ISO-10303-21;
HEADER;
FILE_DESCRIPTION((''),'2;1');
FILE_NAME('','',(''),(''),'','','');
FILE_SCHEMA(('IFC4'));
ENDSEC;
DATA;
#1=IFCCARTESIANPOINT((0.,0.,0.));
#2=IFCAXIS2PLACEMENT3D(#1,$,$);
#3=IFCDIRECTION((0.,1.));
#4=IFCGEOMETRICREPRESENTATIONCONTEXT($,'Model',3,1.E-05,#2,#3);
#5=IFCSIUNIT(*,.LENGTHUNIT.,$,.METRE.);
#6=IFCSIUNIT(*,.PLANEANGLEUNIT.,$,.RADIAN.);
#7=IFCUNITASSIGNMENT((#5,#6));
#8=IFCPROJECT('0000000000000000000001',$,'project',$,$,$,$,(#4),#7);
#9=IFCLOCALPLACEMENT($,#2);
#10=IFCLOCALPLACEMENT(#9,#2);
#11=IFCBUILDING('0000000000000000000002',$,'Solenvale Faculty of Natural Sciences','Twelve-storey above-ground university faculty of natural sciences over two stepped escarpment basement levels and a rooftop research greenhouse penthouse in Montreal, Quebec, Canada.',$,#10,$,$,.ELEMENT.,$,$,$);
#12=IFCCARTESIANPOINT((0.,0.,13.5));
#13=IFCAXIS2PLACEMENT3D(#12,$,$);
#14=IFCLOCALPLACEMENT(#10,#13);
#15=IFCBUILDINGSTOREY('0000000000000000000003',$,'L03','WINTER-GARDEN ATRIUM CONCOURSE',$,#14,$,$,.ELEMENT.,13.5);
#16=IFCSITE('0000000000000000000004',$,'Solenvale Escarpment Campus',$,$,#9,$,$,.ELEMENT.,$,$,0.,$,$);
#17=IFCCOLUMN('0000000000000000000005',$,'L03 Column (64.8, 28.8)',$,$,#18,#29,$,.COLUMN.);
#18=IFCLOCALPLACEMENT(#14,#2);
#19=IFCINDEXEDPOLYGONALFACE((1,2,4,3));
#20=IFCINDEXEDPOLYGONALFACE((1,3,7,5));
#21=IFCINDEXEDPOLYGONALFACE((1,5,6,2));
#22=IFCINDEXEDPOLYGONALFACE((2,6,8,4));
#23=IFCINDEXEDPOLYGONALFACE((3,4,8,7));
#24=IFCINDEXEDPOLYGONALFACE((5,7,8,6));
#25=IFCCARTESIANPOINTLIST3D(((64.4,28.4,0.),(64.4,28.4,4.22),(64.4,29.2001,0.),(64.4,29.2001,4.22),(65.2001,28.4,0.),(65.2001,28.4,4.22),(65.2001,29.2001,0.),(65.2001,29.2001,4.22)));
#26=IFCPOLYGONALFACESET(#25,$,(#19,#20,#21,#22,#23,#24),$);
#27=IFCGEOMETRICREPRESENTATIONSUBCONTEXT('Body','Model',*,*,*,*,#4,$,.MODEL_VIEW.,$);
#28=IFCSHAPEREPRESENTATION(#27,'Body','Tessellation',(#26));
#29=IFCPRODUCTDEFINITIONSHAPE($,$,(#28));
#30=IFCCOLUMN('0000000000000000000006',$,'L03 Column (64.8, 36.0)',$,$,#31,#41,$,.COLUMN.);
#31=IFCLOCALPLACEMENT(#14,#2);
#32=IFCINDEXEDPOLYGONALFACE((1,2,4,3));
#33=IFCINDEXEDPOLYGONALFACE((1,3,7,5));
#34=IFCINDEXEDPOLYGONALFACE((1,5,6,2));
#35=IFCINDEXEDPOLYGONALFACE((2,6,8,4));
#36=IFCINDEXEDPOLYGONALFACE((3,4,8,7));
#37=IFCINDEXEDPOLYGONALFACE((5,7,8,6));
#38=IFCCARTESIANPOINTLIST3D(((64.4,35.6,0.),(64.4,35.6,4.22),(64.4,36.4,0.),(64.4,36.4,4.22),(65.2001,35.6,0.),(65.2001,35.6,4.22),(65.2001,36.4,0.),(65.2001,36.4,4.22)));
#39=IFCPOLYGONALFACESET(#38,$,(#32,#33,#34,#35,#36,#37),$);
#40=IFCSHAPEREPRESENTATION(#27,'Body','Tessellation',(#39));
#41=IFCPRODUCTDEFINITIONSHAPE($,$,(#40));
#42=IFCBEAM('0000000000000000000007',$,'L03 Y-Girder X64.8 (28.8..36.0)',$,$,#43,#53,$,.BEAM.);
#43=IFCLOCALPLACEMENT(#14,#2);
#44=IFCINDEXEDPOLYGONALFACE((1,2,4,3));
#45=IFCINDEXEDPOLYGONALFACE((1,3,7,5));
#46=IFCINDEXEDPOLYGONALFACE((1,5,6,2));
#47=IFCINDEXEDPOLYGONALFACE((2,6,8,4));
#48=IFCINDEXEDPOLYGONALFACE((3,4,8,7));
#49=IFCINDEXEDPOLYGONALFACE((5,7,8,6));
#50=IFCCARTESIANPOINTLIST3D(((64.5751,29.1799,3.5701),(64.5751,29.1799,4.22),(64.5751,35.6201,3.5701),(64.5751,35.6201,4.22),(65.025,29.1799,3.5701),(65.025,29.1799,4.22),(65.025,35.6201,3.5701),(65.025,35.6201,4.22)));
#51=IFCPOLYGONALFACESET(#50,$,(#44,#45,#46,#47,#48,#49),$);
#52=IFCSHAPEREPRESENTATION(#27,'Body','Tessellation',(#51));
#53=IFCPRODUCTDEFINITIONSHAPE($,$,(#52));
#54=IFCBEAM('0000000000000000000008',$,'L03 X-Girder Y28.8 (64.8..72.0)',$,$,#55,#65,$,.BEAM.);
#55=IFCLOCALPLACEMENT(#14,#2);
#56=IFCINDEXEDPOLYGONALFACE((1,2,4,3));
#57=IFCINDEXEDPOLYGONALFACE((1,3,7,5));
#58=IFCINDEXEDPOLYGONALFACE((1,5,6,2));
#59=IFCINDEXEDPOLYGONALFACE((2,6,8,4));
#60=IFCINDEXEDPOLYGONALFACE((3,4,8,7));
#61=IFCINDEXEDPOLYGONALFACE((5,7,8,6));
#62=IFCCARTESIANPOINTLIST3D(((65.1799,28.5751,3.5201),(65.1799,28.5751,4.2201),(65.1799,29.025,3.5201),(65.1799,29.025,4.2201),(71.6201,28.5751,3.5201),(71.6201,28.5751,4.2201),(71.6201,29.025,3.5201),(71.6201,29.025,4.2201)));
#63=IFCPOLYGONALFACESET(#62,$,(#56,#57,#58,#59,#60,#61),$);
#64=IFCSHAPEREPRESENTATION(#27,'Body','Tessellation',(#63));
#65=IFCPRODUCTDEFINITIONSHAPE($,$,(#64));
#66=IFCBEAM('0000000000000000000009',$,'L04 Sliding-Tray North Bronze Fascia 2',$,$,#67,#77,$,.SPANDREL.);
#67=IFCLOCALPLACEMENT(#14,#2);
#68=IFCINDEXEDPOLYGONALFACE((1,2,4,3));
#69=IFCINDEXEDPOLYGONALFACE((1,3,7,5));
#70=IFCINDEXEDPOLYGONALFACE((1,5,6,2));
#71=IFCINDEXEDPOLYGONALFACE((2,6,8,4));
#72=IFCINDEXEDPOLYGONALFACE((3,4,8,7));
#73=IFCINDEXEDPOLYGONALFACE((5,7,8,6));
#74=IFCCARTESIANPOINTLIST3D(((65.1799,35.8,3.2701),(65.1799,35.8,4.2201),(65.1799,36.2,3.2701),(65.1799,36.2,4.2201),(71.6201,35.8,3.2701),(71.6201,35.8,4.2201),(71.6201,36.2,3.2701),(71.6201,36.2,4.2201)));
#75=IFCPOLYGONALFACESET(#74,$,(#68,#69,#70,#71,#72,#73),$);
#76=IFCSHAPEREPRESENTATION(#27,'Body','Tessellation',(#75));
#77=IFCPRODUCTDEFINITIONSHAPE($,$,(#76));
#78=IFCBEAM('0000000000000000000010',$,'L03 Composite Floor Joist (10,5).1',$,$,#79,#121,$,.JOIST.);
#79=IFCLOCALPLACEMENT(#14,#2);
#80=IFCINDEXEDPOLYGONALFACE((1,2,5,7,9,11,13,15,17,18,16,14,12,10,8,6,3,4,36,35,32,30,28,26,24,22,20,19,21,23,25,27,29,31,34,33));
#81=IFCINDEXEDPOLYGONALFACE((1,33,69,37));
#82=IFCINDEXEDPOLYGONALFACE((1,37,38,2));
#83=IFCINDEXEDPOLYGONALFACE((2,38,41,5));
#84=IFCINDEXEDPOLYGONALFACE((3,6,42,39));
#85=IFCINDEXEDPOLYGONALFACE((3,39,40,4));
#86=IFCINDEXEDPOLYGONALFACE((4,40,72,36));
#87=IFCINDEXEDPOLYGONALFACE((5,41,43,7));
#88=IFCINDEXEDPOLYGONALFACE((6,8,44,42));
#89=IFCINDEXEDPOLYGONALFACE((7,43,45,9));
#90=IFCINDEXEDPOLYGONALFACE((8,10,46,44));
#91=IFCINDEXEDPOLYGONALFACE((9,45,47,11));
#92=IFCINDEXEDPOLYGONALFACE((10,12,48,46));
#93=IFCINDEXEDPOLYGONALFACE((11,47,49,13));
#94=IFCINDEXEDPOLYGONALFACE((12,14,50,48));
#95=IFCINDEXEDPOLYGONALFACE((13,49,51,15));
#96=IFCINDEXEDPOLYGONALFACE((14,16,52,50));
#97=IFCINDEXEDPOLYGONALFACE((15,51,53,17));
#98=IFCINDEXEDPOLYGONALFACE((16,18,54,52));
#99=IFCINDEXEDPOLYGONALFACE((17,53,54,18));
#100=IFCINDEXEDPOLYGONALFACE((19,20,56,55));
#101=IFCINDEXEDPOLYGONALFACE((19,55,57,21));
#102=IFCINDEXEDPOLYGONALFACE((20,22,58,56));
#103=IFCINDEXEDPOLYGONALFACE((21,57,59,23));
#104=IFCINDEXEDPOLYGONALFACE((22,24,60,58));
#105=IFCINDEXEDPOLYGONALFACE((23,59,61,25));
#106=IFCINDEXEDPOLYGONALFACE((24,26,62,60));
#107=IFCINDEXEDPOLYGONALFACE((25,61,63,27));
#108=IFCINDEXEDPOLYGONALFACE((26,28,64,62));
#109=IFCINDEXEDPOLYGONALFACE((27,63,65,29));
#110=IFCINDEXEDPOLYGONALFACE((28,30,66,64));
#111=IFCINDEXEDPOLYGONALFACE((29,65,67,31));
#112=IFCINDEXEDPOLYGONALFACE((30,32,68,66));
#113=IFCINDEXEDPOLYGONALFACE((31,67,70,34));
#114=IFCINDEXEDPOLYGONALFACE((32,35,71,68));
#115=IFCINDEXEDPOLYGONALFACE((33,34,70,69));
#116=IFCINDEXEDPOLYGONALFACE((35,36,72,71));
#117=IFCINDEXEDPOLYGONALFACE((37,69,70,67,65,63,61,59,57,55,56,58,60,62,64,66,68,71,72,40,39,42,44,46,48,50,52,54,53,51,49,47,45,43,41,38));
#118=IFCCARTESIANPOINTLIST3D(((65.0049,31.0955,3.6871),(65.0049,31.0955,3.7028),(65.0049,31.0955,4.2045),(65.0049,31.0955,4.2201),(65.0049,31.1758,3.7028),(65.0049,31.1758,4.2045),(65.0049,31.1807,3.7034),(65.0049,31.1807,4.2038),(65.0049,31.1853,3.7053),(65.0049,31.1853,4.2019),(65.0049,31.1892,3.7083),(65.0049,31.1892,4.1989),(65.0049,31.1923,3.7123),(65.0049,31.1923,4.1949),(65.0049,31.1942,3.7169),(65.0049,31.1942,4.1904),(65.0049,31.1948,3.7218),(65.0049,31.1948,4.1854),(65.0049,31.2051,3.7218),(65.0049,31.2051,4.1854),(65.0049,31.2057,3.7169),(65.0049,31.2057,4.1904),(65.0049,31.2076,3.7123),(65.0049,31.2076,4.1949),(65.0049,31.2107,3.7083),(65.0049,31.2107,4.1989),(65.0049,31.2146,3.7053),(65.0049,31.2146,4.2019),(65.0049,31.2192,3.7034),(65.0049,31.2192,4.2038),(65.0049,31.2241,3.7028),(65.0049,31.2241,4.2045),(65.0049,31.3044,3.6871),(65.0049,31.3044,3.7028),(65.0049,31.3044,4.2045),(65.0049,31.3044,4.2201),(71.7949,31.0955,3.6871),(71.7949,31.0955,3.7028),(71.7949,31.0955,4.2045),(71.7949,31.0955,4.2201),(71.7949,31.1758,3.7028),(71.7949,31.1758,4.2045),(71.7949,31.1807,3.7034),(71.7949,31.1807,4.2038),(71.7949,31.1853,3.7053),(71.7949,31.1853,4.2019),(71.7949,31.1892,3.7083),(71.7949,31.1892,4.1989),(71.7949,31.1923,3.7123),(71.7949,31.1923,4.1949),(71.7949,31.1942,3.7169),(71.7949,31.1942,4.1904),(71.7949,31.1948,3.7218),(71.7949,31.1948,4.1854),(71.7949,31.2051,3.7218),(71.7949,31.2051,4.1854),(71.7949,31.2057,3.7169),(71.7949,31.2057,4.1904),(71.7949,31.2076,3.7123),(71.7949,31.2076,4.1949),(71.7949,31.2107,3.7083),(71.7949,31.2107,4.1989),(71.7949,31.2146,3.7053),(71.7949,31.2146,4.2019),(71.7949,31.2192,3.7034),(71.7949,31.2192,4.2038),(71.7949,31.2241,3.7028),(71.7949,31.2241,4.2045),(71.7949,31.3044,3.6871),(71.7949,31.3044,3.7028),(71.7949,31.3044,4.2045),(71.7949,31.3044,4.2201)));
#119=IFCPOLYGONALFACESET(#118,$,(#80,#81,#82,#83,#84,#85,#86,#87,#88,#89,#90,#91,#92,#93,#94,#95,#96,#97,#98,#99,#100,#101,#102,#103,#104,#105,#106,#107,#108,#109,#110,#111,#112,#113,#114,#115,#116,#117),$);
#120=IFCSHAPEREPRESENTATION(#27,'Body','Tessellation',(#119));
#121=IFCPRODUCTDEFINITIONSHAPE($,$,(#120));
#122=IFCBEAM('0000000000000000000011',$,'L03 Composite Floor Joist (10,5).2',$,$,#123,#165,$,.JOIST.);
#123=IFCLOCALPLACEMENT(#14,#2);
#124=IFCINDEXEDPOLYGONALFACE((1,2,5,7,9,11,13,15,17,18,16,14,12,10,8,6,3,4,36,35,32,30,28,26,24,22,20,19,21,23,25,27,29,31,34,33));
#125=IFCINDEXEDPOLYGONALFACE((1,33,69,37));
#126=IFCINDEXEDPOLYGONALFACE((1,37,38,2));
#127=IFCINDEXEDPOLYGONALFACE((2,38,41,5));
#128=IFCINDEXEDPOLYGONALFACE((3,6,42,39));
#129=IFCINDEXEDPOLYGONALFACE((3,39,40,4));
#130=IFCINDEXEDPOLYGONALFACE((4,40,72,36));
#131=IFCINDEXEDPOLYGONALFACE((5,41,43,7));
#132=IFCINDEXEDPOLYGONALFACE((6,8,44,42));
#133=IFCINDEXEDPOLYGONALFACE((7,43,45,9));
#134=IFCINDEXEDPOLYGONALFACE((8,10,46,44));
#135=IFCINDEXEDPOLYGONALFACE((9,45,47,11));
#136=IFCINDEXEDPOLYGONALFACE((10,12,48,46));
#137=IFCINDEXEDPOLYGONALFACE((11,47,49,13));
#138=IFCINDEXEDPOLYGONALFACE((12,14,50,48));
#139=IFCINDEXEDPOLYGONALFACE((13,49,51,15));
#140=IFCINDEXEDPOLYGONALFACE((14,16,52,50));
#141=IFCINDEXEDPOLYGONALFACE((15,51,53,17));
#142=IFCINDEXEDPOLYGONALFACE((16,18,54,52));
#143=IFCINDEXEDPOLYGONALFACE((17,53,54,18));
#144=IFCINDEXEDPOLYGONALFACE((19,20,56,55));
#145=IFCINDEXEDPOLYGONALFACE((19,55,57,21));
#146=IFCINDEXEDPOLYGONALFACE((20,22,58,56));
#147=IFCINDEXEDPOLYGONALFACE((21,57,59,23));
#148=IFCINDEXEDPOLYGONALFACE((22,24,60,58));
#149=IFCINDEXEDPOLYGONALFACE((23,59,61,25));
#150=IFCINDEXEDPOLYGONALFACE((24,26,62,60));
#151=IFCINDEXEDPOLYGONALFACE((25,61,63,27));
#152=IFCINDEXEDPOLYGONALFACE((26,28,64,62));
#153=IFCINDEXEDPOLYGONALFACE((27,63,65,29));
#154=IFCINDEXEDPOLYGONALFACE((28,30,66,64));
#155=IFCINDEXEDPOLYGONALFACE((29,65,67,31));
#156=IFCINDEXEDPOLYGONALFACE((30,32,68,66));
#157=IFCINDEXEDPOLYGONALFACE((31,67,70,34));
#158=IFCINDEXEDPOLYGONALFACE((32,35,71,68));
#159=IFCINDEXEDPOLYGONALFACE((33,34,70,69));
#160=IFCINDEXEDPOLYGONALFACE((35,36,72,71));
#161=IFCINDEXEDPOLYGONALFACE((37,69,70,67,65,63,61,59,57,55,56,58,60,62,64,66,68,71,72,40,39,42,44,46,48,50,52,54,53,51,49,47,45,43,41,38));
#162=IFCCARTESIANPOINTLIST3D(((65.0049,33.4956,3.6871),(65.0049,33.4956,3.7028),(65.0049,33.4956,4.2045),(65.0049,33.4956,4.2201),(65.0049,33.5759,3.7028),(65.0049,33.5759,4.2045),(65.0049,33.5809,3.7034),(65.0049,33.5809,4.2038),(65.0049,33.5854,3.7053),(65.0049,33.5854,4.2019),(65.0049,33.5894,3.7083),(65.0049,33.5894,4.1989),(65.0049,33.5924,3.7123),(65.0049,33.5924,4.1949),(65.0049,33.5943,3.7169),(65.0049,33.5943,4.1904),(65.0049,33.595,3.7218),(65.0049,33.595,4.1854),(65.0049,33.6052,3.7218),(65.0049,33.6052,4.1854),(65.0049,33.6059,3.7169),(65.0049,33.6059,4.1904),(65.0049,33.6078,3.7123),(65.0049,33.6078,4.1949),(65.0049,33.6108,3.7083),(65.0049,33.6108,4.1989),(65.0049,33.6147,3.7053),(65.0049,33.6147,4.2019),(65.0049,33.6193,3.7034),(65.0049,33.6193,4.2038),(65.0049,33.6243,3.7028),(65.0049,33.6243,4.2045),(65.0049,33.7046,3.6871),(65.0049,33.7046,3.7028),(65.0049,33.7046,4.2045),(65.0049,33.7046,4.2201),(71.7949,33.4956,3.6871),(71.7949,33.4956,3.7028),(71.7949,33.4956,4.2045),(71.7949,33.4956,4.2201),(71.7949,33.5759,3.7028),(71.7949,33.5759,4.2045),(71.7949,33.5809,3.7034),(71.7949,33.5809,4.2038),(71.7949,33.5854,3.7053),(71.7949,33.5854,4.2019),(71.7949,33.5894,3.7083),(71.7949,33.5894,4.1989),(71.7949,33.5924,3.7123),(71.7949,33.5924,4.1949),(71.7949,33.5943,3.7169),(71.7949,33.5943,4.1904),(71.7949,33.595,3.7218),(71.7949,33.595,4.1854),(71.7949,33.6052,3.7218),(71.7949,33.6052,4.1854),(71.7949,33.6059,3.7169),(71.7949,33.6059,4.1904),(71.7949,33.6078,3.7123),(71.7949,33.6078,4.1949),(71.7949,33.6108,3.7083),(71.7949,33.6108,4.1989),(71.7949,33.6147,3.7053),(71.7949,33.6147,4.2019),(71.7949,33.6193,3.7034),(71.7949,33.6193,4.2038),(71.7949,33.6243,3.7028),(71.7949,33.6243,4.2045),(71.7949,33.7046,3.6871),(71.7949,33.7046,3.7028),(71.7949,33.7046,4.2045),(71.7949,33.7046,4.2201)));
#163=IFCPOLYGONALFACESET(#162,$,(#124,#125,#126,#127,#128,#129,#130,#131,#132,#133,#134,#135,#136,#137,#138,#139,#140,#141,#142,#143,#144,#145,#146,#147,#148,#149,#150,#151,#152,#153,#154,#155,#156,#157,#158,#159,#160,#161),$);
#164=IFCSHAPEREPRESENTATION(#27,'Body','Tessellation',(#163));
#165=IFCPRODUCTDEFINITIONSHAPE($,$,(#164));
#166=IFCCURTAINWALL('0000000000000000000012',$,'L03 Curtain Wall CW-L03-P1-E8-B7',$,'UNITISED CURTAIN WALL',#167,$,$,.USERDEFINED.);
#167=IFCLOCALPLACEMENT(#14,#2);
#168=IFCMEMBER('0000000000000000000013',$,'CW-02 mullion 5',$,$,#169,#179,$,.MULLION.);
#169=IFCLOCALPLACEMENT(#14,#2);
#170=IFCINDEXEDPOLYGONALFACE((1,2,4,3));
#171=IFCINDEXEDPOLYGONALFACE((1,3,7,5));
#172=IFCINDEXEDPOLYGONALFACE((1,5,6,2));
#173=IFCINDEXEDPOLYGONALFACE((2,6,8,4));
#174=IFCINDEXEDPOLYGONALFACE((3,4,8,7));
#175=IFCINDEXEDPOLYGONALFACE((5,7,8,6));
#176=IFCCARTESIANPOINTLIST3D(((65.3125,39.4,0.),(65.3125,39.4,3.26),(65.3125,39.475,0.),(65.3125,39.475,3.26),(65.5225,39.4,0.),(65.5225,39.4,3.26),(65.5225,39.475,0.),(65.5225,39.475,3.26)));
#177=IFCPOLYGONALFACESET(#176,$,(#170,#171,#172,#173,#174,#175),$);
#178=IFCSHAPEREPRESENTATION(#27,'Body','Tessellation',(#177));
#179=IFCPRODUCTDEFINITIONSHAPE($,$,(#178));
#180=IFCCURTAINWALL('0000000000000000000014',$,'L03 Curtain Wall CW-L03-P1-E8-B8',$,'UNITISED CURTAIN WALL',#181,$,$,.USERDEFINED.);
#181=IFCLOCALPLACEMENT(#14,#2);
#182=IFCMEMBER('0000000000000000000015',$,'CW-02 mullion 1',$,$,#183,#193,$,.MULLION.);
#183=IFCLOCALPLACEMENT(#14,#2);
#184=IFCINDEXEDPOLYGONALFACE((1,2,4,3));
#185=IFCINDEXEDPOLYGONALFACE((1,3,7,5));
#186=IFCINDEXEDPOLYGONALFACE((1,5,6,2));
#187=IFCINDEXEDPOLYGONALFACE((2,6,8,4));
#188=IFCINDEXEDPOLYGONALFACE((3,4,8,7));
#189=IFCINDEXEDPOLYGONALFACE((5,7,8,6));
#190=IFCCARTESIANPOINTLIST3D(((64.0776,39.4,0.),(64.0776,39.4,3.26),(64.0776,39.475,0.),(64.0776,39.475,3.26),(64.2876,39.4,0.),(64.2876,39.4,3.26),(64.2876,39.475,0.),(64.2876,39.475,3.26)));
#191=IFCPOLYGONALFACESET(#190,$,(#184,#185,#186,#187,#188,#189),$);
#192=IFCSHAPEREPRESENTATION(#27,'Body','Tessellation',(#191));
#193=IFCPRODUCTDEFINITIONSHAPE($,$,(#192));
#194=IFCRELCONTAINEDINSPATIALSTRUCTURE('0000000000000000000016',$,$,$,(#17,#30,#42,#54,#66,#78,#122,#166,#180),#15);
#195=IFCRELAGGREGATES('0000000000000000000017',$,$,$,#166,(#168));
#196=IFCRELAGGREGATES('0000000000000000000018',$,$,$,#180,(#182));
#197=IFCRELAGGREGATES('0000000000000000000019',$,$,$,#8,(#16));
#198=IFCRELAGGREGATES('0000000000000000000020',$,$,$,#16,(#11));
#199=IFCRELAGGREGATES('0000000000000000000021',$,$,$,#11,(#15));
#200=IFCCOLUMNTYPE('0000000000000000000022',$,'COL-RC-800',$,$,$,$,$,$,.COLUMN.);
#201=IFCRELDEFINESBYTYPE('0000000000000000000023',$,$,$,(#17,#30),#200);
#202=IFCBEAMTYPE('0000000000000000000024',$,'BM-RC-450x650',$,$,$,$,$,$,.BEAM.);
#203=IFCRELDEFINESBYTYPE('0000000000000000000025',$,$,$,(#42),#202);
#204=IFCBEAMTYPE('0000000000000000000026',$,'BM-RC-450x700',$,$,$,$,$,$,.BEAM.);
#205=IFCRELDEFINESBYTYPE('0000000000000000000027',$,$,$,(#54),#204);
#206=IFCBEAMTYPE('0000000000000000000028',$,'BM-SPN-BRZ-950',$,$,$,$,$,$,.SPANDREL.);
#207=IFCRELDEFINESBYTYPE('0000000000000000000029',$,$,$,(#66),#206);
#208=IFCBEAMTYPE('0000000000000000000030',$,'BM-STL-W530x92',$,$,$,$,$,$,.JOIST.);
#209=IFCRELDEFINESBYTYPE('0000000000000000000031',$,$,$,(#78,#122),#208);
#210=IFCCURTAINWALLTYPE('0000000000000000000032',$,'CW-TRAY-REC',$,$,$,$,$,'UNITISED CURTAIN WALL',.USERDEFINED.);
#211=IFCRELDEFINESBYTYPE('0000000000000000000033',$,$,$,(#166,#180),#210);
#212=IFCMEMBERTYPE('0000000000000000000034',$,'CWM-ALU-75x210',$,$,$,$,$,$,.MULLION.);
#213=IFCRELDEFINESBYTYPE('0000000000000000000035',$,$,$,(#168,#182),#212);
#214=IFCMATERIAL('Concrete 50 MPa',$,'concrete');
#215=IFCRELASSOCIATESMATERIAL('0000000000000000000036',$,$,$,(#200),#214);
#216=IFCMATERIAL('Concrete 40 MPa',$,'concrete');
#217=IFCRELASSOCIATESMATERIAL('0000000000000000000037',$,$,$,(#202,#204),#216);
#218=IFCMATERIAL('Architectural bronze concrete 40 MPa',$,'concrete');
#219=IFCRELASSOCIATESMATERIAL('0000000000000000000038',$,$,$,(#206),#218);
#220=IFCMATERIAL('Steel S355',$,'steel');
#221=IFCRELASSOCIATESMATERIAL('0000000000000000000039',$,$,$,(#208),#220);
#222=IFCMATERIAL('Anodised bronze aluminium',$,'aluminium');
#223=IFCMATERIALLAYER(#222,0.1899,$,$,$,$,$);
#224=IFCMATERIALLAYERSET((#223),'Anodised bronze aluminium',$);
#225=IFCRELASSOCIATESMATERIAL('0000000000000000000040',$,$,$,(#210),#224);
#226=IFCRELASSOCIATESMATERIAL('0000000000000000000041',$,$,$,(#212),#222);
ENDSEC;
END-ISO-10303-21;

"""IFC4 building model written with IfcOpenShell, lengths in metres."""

from ifc_helpers import new_model, si_unit, direction, frame, origin, origin_2d, place, context, subcontext, project, spatial, rectangle, i_section, extrude, material, layer, layer_set, material_profile, profile_set, type_object, element, aggregate, save


model = new_model("IFC4")

# Units and contexts
model_context = context("Model", 3, precision=1e-05, world=origin(), true_north=direction((0.0, 1.0)))
body_context = subcontext(model_context, "Body", "Model", "MODEL_VIEW")
ifc_project = project(units=[si_unit("LENGTHUNIT", "METRE"), si_unit("PLANEANGLEUNIT", "RADIAN")], contexts=[model_context])

# Site, building, storey
site_placement = place(None, origin())
site = spatial("IfcSite", under=ifc_project, at=site_placement, Name="Solenvale Escarpment Campus", CompositionType="ELEMENT", RefElevation=0.0)
building_placement = place(site_placement, origin())
building = spatial("IfcBuilding", under=site, at=building_placement, Name="Solenvale Faculty of Natural Sciences", Description="Twelve-storey above-ground university faculty of natural sciences over two stepped escarpment basement levels and a rooftop research greenhouse penthouse in Montreal, Quebec, Canada.", CompositionType="ELEMENT")
storey_placement = place(building_placement, frame((0.0, 0.0, 13.5)))
storey = spatial("IfcBuildingStorey", under=building, at=storey_placement, Name="L03", Description="WINTER-GARDEN ATRIUM CONCOURSE", CompositionType="ELEMENT", Elevation=13.5)

# Columns
ifc_material_1 = material(Name="Concrete 50 MPa", Category="concrete")
ifc_material_profile_1 = material_profile(ifc_material_1, rectangle(XDim=0.8, YDim=0.8, at=origin_2d()), Name="RC-COL-800x800")
ifc_profile_set_1 = profile_set([ifc_material_profile_1], Name="Concrete 50 MPa")
column_type = type_object("IfcColumnType", Name="COL-RC-800", PredefinedType="COLUMN", material=ifc_profile_set_1)
for number, where, z_axis, x_axis, name in (
    (1, (64.8, 28.8, 0.0), (0.0, 0.0, 1.0), (1.0, 0.0, 0.0), "L03 Column (64.8, 28.8)"),
    (2, (64.8, 36.0, 0.0), (0.0, 0.0, 1.0), (1.0, 0.0, 0.0), "L03 Column (64.8, 36.0)"),
):
    element("IfcColumn", number, at=place(storey_placement, frame(where, z_axis=z_axis, x_axis=x_axis)), inside=storey, type_object=column_type, Name=name, PredefinedType="COLUMN", context=body_context, shape_type="SweptSolid", body=[
        extrude(rectangle(XDim=0.8, YDim=0.8, at=origin_2d()), origin(), (0.0, 0.0, 1.0), 4.22),
    ])

# Beams
ifc_material_2 = material(Name="Concrete 40 MPa", Category="concrete")
ifc_material_profile_2 = material_profile(ifc_material_2, rectangle(XDim=0.45, YDim=0.6499, at=origin_2d()), Name="RC-BM-450x650")
ifc_profile_set_2 = profile_set([ifc_material_profile_2], Name="Concrete 40 MPa")
beam_type_1 = type_object("IfcBeamType", Name="BM-RC-450x650", PredefinedType="BEAM", material=ifc_profile_set_2)
beam_1_placement = place(storey_placement, frame((64.8, 29.1799, 3.895), z_axis=(0.0, 1.0, 0.0), x_axis=(-1.0, 0.0, 0.0)))
element("IfcBeam", 3, at=beam_1_placement, inside=storey, type_object=beam_type_1, Name="L03 Y-Girder X64.8 (28.8..36.0)", PredefinedType="BEAM", context=body_context, shape_type="SweptSolid", body=[
    extrude(rectangle(XDim=0.45, YDim=0.6499, at=origin_2d()), origin(), (0.0, 0.0, 1.0), 6.4402),
])
ifc_material_profile_3 = material_profile(ifc_material_2, rectangle(XDim=0.45, YDim=0.7, at=origin_2d()), Name="RC-BM-450x700")
ifc_profile_set_3 = profile_set([ifc_material_profile_3], Name="Concrete 40 MPa")
beam_type_2 = type_object("IfcBeamType", Name="BM-RC-450x700", PredefinedType="BEAM", material=ifc_profile_set_3)
beam_2_placement = place(storey_placement, frame((65.1799, 28.8, 3.8701), z_axis=(1.0, 0.0, 0.0), x_axis=(0.0, 1.0, 0.0)))
element("IfcBeam", 4, at=beam_2_placement, inside=storey, type_object=beam_type_2, Name="L03 X-Girder Y28.8 (64.8..72.0)", PredefinedType="BEAM", context=body_context, shape_type="SweptSolid", body=[
    extrude(rectangle(XDim=0.45, YDim=0.7, at=origin_2d()), origin(), (0.0, 0.0, 1.0), 6.4402),
])
ifc_material_3 = material(Name="Architectural bronze concrete 40 MPa", Category="concrete")
ifc_material_profile_4 = material_profile(ifc_material_3, rectangle(XDim=0.3999, YDim=0.95, at=origin_2d()), Name="RC-SPN-400x950")
ifc_profile_set_4 = profile_set([ifc_material_profile_4], Name="Architectural bronze concrete 40 MPa")
beam_type_3 = type_object("IfcBeamType", Name="BM-SPN-BRZ-950", PredefinedType="SPANDREL", material=ifc_profile_set_4)
beam_3_placement = place(storey_placement, frame((65.1799, 36.0, 3.7451), z_axis=(1.0, 0.0, 0.0), x_axis=(0.0, 1.0, 0.0)))
element("IfcBeam", 5, at=beam_3_placement, inside=storey, type_object=beam_type_3, Name="L04 Sliding-Tray North Bronze Fascia 2", PredefinedType="SPANDREL", context=body_context, shape_type="SweptSolid", body=[
    extrude(rectangle(XDim=0.3999, YDim=0.95, at=origin_2d()), origin(), (0.0, 0.0, 1.0), 6.4402),
])
ifc_material_4 = material(Name="Steel S355", Category="steel")
ifc_material_profile_5 = material_profile(ifc_material_4, i_section(OverallWidth=0.209, OverallDepth=0.533, WebThickness=0.0103, FlangeThickness=0.0156, FilletRadius=0.019, at=origin_2d()), Name="W530x92")
ifc_profile_set_5 = profile_set([ifc_material_profile_5], Name="Steel S355")
beam_type_4 = type_object("IfcBeamType", Name="BM-STL-W530x92", PredefinedType="JOIST", material=ifc_profile_set_5)
for number, where, z_axis, x_axis, name in (
    (6, (65.0049, 31.2, 3.9536), (1.0, 0.0, 0.0), (0.0, 1.0, 0.0), "L03 Composite Floor Joist (10,5).1"),
    (7, (65.0049, 33.6001, 3.9536), (1.0, 0.0, 0.0), (0.0, 1.0, 0.0), "L03 Composite Floor Joist (10,5).2"),
):
    element("IfcBeam", number, at=place(storey_placement, frame(where, z_axis=z_axis, x_axis=x_axis)), inside=storey, type_object=beam_type_4, Name=name, PredefinedType="JOIST", context=body_context, shape_type="SweptSolid", body=[
        extrude(i_section(OverallWidth=0.209, OverallDepth=0.533, WebThickness=0.0103, FlangeThickness=0.0156, FilletRadius=0.019, at=origin_2d()), origin(), (0.0, 0.0, 1.0), 6.79),
    ])

# Curtain wall, member
ifc_material_5 = material(Name="Anodised bronze aluminium", Category="aluminium")
ifc_layer_1 = layer(ifc_material_5, 0.1899)
ifc_layer_set_1 = layer_set([ifc_layer_1], Name="Anodised bronze aluminium")
curtain_wall_type = type_object("IfcCurtainWallType", Name="CW-TRAY-REC", ElementType="UNITISED CURTAIN WALL", PredefinedType="USERDEFINED", material=ifc_layer_set_1)
curtain_wall_1_placement = place(storey_placement, origin())
curtain_wall_1 = element("IfcCurtainWall", 8, at=curtain_wall_1_placement, inside=storey, type_object=curtain_wall_type, Name="L03 Curtain Wall CW-L03-P1-E8-B7", ObjectType="UNITISED CURTAIN WALL", PredefinedType="USERDEFINED")
ifc_material_profile_6 = material_profile(ifc_material_5, rectangle(XDim=0.075, YDim=0.21, at=origin_2d()), Name="ALU-MUL-75x210")
ifc_profile_set_6 = profile_set([ifc_material_profile_6], Name="Anodised bronze aluminium")
member_type_1 = type_object("IfcMemberType", Name="CWM-ALU-75x210", PredefinedType="MULLION", material=ifc_profile_set_6)
member_1_placement = place(storey_placement, frame((65.4175, 39.4375, 0.0), z_axis=(0.0, 0.0, 1.0), x_axis=(0.0, -1.0, 0.0)))
member_1 = element("IfcMember", 9, at=member_1_placement, type_object=member_type_1, Name="CW-02 mullion 5", PredefinedType="MULLION", context=body_context, shape_type="SweptSolid", body=[
    extrude(rectangle(XDim=0.075, YDim=0.21, at=origin_2d()), origin(), (0.0, 0.0, 1.0), 3.26),
])

# Curtain wall, member
curtain_wall_2_placement = place(storey_placement, origin())
curtain_wall_2 = element("IfcCurtainWall", 10, at=curtain_wall_2_placement, inside=storey, type_object=curtain_wall_type, Name="L03 Curtain Wall CW-L03-P1-E8-B8", ObjectType="UNITISED CURTAIN WALL", PredefinedType="USERDEFINED")
member_2_placement = place(storey_placement, frame((64.1826, 39.4375, 0.0), z_axis=(0.0, 0.0, 1.0), x_axis=(0.0, -1.0, 0.0)))
member_2 = element("IfcMember", 11, at=member_2_placement, type_object=member_type_1, Name="CW-02 mullion 1", PredefinedType="MULLION", context=body_context, shape_type="SweptSolid", body=[
    extrude(rectangle(XDim=0.075, YDim=0.21, at=origin_2d()), origin(), (0.0, 0.0, 1.0), 3.26),
])

aggregate(curtain_wall_1, [member_1])
aggregate(curtain_wall_2, [member_2])

save(model, "model.ifc")
